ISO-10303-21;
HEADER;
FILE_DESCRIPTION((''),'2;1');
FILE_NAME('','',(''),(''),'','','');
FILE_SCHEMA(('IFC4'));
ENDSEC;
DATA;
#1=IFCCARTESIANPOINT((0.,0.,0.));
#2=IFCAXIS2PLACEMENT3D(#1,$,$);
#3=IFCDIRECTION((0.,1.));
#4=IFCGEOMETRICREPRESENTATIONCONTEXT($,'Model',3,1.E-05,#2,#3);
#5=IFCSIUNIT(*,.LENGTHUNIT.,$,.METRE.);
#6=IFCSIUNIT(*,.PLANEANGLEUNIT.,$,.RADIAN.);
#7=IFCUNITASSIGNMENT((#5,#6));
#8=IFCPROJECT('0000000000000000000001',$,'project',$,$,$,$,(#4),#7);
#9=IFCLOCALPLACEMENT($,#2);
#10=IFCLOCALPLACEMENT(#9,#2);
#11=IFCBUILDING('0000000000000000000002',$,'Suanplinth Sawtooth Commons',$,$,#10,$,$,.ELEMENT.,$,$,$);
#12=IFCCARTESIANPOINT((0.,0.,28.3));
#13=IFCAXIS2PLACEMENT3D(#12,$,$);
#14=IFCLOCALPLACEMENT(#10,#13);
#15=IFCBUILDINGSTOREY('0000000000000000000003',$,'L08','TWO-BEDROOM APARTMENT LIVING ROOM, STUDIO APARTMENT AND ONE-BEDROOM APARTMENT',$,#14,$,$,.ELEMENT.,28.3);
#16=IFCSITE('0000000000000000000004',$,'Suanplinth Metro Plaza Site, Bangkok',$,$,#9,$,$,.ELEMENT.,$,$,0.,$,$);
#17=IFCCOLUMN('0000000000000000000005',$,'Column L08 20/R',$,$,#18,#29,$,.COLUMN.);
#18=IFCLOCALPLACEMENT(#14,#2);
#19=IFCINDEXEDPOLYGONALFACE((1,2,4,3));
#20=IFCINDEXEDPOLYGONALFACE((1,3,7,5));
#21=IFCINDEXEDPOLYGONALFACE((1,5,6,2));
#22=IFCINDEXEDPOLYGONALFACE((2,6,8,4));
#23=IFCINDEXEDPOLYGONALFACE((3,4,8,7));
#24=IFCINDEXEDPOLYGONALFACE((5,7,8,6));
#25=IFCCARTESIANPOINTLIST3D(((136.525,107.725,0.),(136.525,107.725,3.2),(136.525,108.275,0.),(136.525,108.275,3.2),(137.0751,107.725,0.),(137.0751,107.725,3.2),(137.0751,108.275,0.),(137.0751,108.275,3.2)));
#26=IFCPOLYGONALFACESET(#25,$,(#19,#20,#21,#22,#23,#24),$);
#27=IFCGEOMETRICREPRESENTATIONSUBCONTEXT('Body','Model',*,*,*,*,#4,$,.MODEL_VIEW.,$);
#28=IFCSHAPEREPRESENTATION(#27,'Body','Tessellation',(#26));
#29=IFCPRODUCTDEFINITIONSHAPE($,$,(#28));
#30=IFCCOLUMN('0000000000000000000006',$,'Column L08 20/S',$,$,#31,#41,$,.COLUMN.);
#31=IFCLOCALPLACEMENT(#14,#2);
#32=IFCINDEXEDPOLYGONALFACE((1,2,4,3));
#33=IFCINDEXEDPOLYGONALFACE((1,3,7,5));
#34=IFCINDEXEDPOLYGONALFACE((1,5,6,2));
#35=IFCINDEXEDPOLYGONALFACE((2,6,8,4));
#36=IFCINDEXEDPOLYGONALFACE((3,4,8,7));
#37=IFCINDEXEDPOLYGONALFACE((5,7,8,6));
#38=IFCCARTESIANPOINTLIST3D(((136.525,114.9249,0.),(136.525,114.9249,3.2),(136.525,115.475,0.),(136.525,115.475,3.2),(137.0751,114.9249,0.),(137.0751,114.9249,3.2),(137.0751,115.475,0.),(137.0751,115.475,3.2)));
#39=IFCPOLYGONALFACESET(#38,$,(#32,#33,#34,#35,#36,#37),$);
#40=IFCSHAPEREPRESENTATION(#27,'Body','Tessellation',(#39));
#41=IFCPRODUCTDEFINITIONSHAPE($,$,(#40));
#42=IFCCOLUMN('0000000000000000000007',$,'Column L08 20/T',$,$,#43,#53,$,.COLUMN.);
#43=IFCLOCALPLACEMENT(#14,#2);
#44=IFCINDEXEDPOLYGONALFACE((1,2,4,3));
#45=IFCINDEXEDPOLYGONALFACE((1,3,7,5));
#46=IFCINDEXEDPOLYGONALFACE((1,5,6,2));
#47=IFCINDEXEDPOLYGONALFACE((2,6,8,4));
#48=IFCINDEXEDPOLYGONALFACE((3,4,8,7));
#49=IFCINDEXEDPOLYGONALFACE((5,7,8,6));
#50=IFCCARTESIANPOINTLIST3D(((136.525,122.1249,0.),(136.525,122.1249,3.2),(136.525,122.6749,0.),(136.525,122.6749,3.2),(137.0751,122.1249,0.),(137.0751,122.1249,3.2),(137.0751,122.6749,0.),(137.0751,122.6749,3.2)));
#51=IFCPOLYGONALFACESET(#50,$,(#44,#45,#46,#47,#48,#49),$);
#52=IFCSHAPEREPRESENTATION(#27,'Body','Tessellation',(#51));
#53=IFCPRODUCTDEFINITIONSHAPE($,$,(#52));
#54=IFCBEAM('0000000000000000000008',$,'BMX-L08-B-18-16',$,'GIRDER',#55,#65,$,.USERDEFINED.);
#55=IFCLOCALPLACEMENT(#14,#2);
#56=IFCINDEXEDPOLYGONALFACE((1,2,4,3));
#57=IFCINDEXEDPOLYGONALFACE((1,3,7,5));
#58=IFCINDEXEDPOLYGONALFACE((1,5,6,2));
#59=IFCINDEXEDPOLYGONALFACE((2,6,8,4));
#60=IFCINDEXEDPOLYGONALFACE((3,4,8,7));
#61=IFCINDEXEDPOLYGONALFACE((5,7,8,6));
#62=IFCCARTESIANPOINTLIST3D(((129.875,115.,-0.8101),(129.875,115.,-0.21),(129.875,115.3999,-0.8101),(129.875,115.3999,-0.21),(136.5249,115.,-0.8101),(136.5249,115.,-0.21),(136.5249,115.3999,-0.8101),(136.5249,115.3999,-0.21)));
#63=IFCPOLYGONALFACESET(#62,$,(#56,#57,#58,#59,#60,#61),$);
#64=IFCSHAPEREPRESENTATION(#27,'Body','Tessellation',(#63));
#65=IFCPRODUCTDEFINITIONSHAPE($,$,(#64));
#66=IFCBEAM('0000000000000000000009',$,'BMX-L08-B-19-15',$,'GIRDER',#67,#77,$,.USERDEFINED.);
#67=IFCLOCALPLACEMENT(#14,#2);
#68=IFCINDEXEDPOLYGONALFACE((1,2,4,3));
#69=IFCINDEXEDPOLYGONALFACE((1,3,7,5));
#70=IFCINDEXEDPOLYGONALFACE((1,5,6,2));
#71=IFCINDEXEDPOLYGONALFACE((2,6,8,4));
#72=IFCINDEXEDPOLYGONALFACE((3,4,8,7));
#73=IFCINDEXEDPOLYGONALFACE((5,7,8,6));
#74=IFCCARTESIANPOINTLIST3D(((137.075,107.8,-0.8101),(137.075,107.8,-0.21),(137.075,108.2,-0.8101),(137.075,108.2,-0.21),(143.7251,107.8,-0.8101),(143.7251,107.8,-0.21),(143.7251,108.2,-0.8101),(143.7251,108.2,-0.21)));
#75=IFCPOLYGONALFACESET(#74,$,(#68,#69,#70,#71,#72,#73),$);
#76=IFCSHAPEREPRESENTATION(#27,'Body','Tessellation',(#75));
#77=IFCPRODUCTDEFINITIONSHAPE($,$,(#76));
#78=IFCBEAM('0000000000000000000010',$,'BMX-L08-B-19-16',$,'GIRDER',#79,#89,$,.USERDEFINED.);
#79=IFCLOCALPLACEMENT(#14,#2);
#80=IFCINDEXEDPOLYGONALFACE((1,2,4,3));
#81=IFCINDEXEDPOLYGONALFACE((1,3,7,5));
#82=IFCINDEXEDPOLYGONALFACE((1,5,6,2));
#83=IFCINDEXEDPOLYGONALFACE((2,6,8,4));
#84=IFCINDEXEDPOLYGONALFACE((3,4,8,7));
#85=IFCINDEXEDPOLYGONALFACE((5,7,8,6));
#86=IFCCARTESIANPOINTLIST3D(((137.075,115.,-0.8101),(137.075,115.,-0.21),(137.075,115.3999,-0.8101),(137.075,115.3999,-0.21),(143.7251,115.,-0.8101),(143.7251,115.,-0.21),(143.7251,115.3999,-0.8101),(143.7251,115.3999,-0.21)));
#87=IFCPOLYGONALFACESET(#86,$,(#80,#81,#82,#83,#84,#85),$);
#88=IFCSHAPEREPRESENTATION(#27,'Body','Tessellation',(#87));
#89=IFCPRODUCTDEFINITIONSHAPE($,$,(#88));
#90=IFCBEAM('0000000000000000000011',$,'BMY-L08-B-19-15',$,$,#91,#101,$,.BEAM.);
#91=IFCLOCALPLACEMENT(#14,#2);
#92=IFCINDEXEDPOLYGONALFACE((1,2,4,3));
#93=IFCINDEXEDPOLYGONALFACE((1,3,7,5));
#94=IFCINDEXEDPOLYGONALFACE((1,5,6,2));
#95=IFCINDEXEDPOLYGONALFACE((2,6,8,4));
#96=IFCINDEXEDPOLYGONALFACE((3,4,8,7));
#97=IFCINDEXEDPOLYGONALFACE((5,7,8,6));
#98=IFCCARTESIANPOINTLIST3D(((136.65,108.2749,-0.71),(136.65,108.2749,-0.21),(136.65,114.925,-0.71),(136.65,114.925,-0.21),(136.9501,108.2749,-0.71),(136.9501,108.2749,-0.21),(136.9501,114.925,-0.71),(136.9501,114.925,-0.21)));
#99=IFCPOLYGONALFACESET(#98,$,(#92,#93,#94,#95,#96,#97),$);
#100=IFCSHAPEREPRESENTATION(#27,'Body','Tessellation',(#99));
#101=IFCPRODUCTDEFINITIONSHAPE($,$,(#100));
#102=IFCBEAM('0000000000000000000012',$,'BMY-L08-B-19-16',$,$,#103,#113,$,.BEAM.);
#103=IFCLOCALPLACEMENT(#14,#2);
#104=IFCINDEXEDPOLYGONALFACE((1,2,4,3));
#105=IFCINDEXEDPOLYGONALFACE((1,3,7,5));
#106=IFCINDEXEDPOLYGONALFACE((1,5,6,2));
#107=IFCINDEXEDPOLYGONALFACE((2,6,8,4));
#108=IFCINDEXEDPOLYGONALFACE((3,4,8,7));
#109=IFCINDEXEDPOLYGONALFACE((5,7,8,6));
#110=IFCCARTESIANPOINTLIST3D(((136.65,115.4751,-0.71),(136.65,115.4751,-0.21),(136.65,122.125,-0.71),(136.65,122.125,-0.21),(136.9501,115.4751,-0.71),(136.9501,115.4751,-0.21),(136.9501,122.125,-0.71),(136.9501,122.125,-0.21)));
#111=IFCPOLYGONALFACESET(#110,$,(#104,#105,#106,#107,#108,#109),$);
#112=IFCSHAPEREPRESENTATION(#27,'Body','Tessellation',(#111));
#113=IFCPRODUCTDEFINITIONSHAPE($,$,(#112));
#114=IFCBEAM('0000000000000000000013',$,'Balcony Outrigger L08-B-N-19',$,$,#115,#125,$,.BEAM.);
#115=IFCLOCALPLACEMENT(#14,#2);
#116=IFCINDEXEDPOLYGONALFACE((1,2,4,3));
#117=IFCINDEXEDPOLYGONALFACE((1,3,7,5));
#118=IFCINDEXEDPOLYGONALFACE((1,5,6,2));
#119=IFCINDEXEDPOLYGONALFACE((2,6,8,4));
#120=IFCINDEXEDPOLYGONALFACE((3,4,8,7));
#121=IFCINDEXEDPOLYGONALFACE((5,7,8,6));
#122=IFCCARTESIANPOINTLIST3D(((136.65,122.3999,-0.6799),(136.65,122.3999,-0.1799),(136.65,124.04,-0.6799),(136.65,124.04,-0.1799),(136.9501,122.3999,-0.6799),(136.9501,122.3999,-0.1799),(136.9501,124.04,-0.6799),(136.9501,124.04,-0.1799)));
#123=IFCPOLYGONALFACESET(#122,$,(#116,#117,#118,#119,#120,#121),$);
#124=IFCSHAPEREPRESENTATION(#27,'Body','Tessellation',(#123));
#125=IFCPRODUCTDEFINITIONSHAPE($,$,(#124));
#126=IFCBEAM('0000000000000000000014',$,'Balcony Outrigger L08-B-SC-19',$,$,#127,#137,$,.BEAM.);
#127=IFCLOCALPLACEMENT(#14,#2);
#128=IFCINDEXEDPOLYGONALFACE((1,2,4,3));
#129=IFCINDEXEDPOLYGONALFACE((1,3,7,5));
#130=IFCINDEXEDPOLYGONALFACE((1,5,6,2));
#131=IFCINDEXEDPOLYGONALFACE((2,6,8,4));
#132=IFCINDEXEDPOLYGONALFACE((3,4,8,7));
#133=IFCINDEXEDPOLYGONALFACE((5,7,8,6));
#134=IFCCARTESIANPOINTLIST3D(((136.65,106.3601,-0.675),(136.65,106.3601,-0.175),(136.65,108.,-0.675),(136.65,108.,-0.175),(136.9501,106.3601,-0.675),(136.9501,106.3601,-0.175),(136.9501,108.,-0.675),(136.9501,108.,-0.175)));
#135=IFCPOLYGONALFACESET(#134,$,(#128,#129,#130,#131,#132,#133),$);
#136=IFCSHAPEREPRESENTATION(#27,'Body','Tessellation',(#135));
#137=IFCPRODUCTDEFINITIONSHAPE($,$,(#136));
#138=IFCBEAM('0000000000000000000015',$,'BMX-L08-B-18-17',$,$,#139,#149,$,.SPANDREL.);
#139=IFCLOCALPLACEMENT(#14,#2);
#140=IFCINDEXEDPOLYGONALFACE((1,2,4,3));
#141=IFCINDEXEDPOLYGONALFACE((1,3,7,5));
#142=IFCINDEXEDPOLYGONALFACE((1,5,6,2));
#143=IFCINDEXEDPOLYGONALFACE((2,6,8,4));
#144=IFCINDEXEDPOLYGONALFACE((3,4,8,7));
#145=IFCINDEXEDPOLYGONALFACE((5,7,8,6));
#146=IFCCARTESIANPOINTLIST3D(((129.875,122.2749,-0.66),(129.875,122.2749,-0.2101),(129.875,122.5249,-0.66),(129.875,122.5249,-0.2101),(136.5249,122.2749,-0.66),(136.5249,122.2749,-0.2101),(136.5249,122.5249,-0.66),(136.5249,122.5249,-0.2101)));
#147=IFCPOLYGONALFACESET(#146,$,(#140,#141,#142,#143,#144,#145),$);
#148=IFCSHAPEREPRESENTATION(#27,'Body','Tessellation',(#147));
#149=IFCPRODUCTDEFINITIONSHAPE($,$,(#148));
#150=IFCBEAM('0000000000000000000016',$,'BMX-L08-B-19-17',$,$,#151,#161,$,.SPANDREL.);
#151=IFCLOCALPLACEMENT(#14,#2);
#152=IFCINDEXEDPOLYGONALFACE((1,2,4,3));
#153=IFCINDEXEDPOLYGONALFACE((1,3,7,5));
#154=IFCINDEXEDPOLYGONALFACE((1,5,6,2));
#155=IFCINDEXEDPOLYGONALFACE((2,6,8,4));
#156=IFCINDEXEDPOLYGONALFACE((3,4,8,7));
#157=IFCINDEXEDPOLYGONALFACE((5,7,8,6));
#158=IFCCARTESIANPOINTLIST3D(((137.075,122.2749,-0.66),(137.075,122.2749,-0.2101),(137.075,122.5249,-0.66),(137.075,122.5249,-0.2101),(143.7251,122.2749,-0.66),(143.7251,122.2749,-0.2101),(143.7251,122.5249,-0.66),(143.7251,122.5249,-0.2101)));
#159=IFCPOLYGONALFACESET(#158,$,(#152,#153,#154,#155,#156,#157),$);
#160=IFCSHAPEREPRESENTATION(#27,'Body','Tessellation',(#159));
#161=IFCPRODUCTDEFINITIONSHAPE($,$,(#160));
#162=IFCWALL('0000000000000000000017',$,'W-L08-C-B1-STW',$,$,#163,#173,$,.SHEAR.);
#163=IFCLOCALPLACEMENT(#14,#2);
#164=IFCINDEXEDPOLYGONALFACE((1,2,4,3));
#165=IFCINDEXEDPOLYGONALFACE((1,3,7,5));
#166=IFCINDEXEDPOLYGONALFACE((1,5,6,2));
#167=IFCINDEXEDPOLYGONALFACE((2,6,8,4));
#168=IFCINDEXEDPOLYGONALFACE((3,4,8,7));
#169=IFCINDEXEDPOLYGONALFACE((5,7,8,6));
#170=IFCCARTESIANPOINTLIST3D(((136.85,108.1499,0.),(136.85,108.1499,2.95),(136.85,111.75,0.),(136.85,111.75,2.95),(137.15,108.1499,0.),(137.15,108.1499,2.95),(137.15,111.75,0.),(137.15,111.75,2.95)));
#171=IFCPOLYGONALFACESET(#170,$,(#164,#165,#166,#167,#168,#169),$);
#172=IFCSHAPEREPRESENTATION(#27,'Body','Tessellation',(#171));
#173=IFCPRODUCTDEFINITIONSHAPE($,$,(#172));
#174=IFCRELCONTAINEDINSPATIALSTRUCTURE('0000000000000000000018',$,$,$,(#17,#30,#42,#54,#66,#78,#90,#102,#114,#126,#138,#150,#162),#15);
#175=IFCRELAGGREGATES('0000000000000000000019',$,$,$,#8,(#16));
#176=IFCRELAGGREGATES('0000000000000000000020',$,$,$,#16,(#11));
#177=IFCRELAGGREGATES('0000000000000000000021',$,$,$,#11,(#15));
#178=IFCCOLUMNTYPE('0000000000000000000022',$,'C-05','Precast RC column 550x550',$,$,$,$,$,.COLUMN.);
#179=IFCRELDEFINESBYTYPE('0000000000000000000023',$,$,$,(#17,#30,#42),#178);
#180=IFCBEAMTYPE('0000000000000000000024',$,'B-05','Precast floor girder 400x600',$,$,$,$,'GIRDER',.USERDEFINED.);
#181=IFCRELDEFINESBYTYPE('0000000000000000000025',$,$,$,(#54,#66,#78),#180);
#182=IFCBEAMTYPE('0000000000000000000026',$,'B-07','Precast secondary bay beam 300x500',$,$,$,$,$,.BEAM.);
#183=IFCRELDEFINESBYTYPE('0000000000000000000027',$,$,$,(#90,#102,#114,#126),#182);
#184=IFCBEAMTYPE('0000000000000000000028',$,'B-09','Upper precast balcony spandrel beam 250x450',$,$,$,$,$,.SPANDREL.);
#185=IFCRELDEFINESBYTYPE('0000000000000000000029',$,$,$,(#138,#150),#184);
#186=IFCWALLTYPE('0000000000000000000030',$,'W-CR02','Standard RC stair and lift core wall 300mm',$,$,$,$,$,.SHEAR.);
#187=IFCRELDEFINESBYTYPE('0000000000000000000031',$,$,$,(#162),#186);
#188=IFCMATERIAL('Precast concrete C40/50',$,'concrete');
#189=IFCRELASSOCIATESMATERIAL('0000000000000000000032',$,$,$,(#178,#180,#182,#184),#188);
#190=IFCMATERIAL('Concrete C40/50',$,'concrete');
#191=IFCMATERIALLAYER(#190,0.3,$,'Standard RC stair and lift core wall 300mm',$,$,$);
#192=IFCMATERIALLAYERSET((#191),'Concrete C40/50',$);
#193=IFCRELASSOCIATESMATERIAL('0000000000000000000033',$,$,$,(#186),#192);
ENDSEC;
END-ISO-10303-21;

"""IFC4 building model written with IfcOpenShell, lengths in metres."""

from ifc_helpers import new_model, si_unit, direction, frame, frame_2d, origin, origin_2d, place, context, subcontext, project, spatial, rectangle, extrude, material, layer, layer_set, material_profile, profile_set, type_object, element, save


model = new_model("IFC4")

# Units and contexts
model_context = context("Model", 3, precision=1e-05, world=origin(), true_north=direction((0.0, 1.0)))
body_context = subcontext(model_context, "Body", "Model", "MODEL_VIEW")
ifc_project = project(units=[si_unit("LENGTHUNIT", "METRE"), si_unit("PLANEANGLEUNIT", "RADIAN")], contexts=[model_context])

# Site, building, storey
site_placement = place(None, origin())
site = spatial("IfcSite", under=ifc_project, at=site_placement, Name="Suanplinth Metro Plaza Site, Bangkok", CompositionType="ELEMENT", RefElevation=0.0)
building_placement = place(site_placement, origin())
building = spatial("IfcBuilding", under=site, at=building_placement, Name="Suanplinth Sawtooth Commons", CompositionType="ELEMENT")
storey_placement = place(building_placement, frame((0.0, 0.0, 28.3)))
storey = spatial("IfcBuildingStorey", under=building, at=storey_placement, Name="L08", Description="TWO-BEDROOM APARTMENT LIVING ROOM, STUDIO APARTMENT AND ONE-BEDROOM APARTMENT", CompositionType="ELEMENT", Elevation=28.3)

# Columns
ifc_material_1 = material(Name="Precast concrete C40/50", Category="concrete")
ifc_material_profile_1 = material_profile(ifc_material_1, rectangle(XDim=0.55, YDim=0.55, at=origin_2d()), Name="PC-COL 550x550")
ifc_profile_set_1 = profile_set([ifc_material_profile_1], Name="Precast concrete C40/50")
column_type = type_object("IfcColumnType", Name="C-05", Description="Precast RC column 550x550", PredefinedType="COLUMN", material=ifc_profile_set_1)
for number, where, z_axis, x_axis, name in (
    (1, (136.8, 108.0, 0.0), (0.0, 0.0, 1.0), (1.0, 0.0, 0.0), "Column L08 20/R"),
    (2, (136.8, 115.2, 0.0), (0.0, 0.0, 1.0), (1.0, 0.0, 0.0), "Column L08 20/S"),
    (3, (136.8, 122.3999, 0.0), (0.0, 0.0, 1.0), (1.0, 0.0, 0.0), "Column L08 20/T"),
):
    element("IfcColumn", number, at=place(storey_placement, frame(where, z_axis=z_axis, x_axis=x_axis)), inside=storey, type_object=column_type, Name=name, PredefinedType="COLUMN", context=body_context, shape_type="SweptSolid", body=[
        extrude(rectangle(XDim=0.55, YDim=0.55, at=origin_2d()), origin(), (0.0, 0.0, 1.0), 3.2),
    ])

# Beams
ifc_material_profile_2 = material_profile(ifc_material_1, rectangle(XDim=0.3999, YDim=0.6001, at=origin_2d()), Name="PC-GDR 400x600")
ifc_profile_set_2 = profile_set([ifc_material_profile_2], Name="Precast concrete C40/50")
beam_type_1 = type_object("IfcBeamType", Name="B-05", Description="Precast floor girder 400x600", ElementType="GIRDER", PredefinedType="USERDEFINED", material=ifc_profile_set_2)
beam_1_placement = place(storey_placement, frame((129.875, 115.2, -0.51), z_axis=(1.0, 0.0, 0.0), x_axis=(0.0, 1.0, 0.0)))
element("IfcBeam", 4, at=beam_1_placement, inside=storey, type_object=beam_type_1, Name="BMX-L08-B-18-16", ObjectType="GIRDER", PredefinedType="USERDEFINED", context=body_context, shape_type="SweptSolid", body=[
    extrude(rectangle(XDim=0.3999, YDim=0.6001, at=origin_2d()), origin(), (0.0, 0.0, 1.0), 6.6499),
])
for number, where, z_axis, x_axis, name in (
    (5, (137.075, 108.0, -0.51), (1.0, 0.0, 0.0), (0.0, 1.0, 0.0), "BMX-L08-B-19-15"),
    (6, (137.075, 115.2, -0.51), (1.0, 0.0, 0.0), (0.0, 1.0, 0.0), "BMX-L08-B-19-16"),
):
    element("IfcBeam", number, at=place(storey_placement, frame(where, z_axis=z_axis, x_axis=x_axis)), inside=storey, type_object=beam_type_1, Name=name, ObjectType="GIRDER", PredefinedType="USERDEFINED", context=body_context, shape_type="SweptSolid", body=[
        extrude(rectangle(XDim=0.3999, YDim=0.6001, at=origin_2d()), origin(), (0.0, 0.0, 1.0), 6.6501),
    ])
ifc_material_profile_3 = material_profile(ifc_material_1, rectangle(XDim=0.3, YDim=0.5, at=origin_2d()), Name="PC-BM 300x500")
ifc_profile_set_3 = profile_set([ifc_material_profile_3], Name="Precast concrete C40/50")
beam_type_2 = type_object("IfcBeamType", Name="B-07", Description="Precast secondary bay beam 300x500", PredefinedType="BEAM", material=ifc_profile_set_3)
beam_2_placement = place(storey_placement, frame((136.8, 108.2749, -0.46), z_axis=(0.0, 1.0, 0.0), x_axis=(-1.0, 0.0, 0.0)))
element("IfcBeam", 7, at=beam_2_placement, inside=storey, type_object=beam_type_2, Name="BMY-L08-B-19-15", PredefinedType="BEAM", context=body_context, shape_type="SweptSolid", body=[
    extrude(rectangle(XDim=0.3, YDim=0.5, at=origin_2d()), origin(), (0.0, 0.0, 1.0), 6.6501),
])
beam_3_placement = place(storey_placement, frame((136.8, 115.4751, -0.46), z_axis=(0.0, 1.0, 0.0), x_axis=(-1.0, 0.0, 0.0)))
element("IfcBeam", 8, at=beam_3_placement, inside=storey, type_object=beam_type_2, Name="BMY-L08-B-19-16", PredefinedType="BEAM", context=body_context, shape_type="SweptSolid", body=[
    extrude(rectangle(XDim=0.3, YDim=0.5, at=origin_2d()), origin(), (0.0, 0.0, 1.0), 6.6499),
])
beam_4_placement = place(storey_placement, frame((136.8, 122.3999, -0.4299), z_axis=(0.0, 1.0, 0.0), x_axis=(-1.0, 0.0, 0.0)))
element("IfcBeam", 9, at=beam_4_placement, inside=storey, type_object=beam_type_2, Name="Balcony Outrigger L08-B-N-19", PredefinedType="BEAM", context=body_context, shape_type="SweptSolid", body=[
    extrude(rectangle(XDim=0.3, YDim=0.5, at=origin_2d()), origin(), (0.0, 0.0, 1.0), 1.6401),
])
beam_5_placement = place(storey_placement, frame((136.8, 108.0, -0.425), z_axis=(0.0, -1.0, 0.0), x_axis=(1.0, 0.0, 0.0)))
element("IfcBeam", 10, at=beam_5_placement, inside=storey, type_object=beam_type_2, Name="Balcony Outrigger L08-B-SC-19", PredefinedType="BEAM", context=body_context, shape_type="SweptSolid", body=[
    extrude(rectangle(XDim=0.3, YDim=0.5, at=origin_2d()), origin(), (0.0, 0.0, 1.0), 1.6399),
])
ifc_material_profile_4 = material_profile(ifc_material_1, rectangle(XDim=0.25, YDim=0.45, at=origin_2d()), Name="PC-SP 250x450")
ifc_profile_set_4 = profile_set([ifc_material_profile_4], Name="Precast concrete C40/50")
beam_type_3 = type_object("IfcBeamType", Name="B-09", Description="Upper precast balcony spandrel beam 250x450", PredefinedType="SPANDREL", material=ifc_profile_set_4)
beam_6_placement = place(storey_placement, frame((129.875, 122.3999, -0.4351), z_axis=(1.0, 0.0, 0.0), x_axis=(0.0, 1.0, 0.0)))
element("IfcBeam", 11, at=beam_6_placement, inside=storey, type_object=beam_type_3, Name="BMX-L08-B-18-17", PredefinedType="SPANDREL", context=body_context, shape_type="SweptSolid", body=[
    extrude(rectangle(XDim=0.25, YDim=0.45, at=origin_2d()), origin(), (0.0, 0.0, 1.0), 6.6499),
])
beam_7_placement = place(storey_placement, frame((137.075, 122.3999, -0.4351), z_axis=(1.0, 0.0, 0.0), x_axis=(0.0, 1.0, 0.0)))
element("IfcBeam", 12, at=beam_7_placement, inside=storey, type_object=beam_type_3, Name="BMX-L08-B-19-17", PredefinedType="SPANDREL", context=body_context, shape_type="SweptSolid", body=[
    extrude(rectangle(XDim=0.25, YDim=0.45, at=origin_2d()), origin(), (0.0, 0.0, 1.0), 6.6501),
])

# Wall
ifc_material_2 = material(Name="Concrete C40/50", Category="concrete")
ifc_layer_1 = layer(ifc_material_2, 0.3, Name="Standard RC stair and lift core wall 300mm")
ifc_layer_set_1 = layer_set([ifc_layer_1], Name="Concrete C40/50")
wall_type_1 = type_object("IfcWallType", Name="W-CR02", Description="Standard RC stair and lift core wall 300mm", PredefinedType="SHEAR", material=ifc_layer_set_1)
wall_1_placement = place(storey_placement, frame((137.0, 108.1499, 0.0), z_axis=(0.0, 0.0, 1.0), x_axis=(0.0, 1.0, 0.0)))
element("IfcWall", 13, at=wall_1_placement, inside=storey, type_object=wall_type_1, Name="W-L08-C-B1-STW", PredefinedType="SHEAR", context=body_context, shape_type="SweptSolid", body=[
    extrude(rectangle(XDim=3.6001, YDim=0.3, at=frame_2d((1.8, 0.0))), origin(), (0.0, 0.0, 1.0), 2.95),
])

save(model, "model.ifc")
